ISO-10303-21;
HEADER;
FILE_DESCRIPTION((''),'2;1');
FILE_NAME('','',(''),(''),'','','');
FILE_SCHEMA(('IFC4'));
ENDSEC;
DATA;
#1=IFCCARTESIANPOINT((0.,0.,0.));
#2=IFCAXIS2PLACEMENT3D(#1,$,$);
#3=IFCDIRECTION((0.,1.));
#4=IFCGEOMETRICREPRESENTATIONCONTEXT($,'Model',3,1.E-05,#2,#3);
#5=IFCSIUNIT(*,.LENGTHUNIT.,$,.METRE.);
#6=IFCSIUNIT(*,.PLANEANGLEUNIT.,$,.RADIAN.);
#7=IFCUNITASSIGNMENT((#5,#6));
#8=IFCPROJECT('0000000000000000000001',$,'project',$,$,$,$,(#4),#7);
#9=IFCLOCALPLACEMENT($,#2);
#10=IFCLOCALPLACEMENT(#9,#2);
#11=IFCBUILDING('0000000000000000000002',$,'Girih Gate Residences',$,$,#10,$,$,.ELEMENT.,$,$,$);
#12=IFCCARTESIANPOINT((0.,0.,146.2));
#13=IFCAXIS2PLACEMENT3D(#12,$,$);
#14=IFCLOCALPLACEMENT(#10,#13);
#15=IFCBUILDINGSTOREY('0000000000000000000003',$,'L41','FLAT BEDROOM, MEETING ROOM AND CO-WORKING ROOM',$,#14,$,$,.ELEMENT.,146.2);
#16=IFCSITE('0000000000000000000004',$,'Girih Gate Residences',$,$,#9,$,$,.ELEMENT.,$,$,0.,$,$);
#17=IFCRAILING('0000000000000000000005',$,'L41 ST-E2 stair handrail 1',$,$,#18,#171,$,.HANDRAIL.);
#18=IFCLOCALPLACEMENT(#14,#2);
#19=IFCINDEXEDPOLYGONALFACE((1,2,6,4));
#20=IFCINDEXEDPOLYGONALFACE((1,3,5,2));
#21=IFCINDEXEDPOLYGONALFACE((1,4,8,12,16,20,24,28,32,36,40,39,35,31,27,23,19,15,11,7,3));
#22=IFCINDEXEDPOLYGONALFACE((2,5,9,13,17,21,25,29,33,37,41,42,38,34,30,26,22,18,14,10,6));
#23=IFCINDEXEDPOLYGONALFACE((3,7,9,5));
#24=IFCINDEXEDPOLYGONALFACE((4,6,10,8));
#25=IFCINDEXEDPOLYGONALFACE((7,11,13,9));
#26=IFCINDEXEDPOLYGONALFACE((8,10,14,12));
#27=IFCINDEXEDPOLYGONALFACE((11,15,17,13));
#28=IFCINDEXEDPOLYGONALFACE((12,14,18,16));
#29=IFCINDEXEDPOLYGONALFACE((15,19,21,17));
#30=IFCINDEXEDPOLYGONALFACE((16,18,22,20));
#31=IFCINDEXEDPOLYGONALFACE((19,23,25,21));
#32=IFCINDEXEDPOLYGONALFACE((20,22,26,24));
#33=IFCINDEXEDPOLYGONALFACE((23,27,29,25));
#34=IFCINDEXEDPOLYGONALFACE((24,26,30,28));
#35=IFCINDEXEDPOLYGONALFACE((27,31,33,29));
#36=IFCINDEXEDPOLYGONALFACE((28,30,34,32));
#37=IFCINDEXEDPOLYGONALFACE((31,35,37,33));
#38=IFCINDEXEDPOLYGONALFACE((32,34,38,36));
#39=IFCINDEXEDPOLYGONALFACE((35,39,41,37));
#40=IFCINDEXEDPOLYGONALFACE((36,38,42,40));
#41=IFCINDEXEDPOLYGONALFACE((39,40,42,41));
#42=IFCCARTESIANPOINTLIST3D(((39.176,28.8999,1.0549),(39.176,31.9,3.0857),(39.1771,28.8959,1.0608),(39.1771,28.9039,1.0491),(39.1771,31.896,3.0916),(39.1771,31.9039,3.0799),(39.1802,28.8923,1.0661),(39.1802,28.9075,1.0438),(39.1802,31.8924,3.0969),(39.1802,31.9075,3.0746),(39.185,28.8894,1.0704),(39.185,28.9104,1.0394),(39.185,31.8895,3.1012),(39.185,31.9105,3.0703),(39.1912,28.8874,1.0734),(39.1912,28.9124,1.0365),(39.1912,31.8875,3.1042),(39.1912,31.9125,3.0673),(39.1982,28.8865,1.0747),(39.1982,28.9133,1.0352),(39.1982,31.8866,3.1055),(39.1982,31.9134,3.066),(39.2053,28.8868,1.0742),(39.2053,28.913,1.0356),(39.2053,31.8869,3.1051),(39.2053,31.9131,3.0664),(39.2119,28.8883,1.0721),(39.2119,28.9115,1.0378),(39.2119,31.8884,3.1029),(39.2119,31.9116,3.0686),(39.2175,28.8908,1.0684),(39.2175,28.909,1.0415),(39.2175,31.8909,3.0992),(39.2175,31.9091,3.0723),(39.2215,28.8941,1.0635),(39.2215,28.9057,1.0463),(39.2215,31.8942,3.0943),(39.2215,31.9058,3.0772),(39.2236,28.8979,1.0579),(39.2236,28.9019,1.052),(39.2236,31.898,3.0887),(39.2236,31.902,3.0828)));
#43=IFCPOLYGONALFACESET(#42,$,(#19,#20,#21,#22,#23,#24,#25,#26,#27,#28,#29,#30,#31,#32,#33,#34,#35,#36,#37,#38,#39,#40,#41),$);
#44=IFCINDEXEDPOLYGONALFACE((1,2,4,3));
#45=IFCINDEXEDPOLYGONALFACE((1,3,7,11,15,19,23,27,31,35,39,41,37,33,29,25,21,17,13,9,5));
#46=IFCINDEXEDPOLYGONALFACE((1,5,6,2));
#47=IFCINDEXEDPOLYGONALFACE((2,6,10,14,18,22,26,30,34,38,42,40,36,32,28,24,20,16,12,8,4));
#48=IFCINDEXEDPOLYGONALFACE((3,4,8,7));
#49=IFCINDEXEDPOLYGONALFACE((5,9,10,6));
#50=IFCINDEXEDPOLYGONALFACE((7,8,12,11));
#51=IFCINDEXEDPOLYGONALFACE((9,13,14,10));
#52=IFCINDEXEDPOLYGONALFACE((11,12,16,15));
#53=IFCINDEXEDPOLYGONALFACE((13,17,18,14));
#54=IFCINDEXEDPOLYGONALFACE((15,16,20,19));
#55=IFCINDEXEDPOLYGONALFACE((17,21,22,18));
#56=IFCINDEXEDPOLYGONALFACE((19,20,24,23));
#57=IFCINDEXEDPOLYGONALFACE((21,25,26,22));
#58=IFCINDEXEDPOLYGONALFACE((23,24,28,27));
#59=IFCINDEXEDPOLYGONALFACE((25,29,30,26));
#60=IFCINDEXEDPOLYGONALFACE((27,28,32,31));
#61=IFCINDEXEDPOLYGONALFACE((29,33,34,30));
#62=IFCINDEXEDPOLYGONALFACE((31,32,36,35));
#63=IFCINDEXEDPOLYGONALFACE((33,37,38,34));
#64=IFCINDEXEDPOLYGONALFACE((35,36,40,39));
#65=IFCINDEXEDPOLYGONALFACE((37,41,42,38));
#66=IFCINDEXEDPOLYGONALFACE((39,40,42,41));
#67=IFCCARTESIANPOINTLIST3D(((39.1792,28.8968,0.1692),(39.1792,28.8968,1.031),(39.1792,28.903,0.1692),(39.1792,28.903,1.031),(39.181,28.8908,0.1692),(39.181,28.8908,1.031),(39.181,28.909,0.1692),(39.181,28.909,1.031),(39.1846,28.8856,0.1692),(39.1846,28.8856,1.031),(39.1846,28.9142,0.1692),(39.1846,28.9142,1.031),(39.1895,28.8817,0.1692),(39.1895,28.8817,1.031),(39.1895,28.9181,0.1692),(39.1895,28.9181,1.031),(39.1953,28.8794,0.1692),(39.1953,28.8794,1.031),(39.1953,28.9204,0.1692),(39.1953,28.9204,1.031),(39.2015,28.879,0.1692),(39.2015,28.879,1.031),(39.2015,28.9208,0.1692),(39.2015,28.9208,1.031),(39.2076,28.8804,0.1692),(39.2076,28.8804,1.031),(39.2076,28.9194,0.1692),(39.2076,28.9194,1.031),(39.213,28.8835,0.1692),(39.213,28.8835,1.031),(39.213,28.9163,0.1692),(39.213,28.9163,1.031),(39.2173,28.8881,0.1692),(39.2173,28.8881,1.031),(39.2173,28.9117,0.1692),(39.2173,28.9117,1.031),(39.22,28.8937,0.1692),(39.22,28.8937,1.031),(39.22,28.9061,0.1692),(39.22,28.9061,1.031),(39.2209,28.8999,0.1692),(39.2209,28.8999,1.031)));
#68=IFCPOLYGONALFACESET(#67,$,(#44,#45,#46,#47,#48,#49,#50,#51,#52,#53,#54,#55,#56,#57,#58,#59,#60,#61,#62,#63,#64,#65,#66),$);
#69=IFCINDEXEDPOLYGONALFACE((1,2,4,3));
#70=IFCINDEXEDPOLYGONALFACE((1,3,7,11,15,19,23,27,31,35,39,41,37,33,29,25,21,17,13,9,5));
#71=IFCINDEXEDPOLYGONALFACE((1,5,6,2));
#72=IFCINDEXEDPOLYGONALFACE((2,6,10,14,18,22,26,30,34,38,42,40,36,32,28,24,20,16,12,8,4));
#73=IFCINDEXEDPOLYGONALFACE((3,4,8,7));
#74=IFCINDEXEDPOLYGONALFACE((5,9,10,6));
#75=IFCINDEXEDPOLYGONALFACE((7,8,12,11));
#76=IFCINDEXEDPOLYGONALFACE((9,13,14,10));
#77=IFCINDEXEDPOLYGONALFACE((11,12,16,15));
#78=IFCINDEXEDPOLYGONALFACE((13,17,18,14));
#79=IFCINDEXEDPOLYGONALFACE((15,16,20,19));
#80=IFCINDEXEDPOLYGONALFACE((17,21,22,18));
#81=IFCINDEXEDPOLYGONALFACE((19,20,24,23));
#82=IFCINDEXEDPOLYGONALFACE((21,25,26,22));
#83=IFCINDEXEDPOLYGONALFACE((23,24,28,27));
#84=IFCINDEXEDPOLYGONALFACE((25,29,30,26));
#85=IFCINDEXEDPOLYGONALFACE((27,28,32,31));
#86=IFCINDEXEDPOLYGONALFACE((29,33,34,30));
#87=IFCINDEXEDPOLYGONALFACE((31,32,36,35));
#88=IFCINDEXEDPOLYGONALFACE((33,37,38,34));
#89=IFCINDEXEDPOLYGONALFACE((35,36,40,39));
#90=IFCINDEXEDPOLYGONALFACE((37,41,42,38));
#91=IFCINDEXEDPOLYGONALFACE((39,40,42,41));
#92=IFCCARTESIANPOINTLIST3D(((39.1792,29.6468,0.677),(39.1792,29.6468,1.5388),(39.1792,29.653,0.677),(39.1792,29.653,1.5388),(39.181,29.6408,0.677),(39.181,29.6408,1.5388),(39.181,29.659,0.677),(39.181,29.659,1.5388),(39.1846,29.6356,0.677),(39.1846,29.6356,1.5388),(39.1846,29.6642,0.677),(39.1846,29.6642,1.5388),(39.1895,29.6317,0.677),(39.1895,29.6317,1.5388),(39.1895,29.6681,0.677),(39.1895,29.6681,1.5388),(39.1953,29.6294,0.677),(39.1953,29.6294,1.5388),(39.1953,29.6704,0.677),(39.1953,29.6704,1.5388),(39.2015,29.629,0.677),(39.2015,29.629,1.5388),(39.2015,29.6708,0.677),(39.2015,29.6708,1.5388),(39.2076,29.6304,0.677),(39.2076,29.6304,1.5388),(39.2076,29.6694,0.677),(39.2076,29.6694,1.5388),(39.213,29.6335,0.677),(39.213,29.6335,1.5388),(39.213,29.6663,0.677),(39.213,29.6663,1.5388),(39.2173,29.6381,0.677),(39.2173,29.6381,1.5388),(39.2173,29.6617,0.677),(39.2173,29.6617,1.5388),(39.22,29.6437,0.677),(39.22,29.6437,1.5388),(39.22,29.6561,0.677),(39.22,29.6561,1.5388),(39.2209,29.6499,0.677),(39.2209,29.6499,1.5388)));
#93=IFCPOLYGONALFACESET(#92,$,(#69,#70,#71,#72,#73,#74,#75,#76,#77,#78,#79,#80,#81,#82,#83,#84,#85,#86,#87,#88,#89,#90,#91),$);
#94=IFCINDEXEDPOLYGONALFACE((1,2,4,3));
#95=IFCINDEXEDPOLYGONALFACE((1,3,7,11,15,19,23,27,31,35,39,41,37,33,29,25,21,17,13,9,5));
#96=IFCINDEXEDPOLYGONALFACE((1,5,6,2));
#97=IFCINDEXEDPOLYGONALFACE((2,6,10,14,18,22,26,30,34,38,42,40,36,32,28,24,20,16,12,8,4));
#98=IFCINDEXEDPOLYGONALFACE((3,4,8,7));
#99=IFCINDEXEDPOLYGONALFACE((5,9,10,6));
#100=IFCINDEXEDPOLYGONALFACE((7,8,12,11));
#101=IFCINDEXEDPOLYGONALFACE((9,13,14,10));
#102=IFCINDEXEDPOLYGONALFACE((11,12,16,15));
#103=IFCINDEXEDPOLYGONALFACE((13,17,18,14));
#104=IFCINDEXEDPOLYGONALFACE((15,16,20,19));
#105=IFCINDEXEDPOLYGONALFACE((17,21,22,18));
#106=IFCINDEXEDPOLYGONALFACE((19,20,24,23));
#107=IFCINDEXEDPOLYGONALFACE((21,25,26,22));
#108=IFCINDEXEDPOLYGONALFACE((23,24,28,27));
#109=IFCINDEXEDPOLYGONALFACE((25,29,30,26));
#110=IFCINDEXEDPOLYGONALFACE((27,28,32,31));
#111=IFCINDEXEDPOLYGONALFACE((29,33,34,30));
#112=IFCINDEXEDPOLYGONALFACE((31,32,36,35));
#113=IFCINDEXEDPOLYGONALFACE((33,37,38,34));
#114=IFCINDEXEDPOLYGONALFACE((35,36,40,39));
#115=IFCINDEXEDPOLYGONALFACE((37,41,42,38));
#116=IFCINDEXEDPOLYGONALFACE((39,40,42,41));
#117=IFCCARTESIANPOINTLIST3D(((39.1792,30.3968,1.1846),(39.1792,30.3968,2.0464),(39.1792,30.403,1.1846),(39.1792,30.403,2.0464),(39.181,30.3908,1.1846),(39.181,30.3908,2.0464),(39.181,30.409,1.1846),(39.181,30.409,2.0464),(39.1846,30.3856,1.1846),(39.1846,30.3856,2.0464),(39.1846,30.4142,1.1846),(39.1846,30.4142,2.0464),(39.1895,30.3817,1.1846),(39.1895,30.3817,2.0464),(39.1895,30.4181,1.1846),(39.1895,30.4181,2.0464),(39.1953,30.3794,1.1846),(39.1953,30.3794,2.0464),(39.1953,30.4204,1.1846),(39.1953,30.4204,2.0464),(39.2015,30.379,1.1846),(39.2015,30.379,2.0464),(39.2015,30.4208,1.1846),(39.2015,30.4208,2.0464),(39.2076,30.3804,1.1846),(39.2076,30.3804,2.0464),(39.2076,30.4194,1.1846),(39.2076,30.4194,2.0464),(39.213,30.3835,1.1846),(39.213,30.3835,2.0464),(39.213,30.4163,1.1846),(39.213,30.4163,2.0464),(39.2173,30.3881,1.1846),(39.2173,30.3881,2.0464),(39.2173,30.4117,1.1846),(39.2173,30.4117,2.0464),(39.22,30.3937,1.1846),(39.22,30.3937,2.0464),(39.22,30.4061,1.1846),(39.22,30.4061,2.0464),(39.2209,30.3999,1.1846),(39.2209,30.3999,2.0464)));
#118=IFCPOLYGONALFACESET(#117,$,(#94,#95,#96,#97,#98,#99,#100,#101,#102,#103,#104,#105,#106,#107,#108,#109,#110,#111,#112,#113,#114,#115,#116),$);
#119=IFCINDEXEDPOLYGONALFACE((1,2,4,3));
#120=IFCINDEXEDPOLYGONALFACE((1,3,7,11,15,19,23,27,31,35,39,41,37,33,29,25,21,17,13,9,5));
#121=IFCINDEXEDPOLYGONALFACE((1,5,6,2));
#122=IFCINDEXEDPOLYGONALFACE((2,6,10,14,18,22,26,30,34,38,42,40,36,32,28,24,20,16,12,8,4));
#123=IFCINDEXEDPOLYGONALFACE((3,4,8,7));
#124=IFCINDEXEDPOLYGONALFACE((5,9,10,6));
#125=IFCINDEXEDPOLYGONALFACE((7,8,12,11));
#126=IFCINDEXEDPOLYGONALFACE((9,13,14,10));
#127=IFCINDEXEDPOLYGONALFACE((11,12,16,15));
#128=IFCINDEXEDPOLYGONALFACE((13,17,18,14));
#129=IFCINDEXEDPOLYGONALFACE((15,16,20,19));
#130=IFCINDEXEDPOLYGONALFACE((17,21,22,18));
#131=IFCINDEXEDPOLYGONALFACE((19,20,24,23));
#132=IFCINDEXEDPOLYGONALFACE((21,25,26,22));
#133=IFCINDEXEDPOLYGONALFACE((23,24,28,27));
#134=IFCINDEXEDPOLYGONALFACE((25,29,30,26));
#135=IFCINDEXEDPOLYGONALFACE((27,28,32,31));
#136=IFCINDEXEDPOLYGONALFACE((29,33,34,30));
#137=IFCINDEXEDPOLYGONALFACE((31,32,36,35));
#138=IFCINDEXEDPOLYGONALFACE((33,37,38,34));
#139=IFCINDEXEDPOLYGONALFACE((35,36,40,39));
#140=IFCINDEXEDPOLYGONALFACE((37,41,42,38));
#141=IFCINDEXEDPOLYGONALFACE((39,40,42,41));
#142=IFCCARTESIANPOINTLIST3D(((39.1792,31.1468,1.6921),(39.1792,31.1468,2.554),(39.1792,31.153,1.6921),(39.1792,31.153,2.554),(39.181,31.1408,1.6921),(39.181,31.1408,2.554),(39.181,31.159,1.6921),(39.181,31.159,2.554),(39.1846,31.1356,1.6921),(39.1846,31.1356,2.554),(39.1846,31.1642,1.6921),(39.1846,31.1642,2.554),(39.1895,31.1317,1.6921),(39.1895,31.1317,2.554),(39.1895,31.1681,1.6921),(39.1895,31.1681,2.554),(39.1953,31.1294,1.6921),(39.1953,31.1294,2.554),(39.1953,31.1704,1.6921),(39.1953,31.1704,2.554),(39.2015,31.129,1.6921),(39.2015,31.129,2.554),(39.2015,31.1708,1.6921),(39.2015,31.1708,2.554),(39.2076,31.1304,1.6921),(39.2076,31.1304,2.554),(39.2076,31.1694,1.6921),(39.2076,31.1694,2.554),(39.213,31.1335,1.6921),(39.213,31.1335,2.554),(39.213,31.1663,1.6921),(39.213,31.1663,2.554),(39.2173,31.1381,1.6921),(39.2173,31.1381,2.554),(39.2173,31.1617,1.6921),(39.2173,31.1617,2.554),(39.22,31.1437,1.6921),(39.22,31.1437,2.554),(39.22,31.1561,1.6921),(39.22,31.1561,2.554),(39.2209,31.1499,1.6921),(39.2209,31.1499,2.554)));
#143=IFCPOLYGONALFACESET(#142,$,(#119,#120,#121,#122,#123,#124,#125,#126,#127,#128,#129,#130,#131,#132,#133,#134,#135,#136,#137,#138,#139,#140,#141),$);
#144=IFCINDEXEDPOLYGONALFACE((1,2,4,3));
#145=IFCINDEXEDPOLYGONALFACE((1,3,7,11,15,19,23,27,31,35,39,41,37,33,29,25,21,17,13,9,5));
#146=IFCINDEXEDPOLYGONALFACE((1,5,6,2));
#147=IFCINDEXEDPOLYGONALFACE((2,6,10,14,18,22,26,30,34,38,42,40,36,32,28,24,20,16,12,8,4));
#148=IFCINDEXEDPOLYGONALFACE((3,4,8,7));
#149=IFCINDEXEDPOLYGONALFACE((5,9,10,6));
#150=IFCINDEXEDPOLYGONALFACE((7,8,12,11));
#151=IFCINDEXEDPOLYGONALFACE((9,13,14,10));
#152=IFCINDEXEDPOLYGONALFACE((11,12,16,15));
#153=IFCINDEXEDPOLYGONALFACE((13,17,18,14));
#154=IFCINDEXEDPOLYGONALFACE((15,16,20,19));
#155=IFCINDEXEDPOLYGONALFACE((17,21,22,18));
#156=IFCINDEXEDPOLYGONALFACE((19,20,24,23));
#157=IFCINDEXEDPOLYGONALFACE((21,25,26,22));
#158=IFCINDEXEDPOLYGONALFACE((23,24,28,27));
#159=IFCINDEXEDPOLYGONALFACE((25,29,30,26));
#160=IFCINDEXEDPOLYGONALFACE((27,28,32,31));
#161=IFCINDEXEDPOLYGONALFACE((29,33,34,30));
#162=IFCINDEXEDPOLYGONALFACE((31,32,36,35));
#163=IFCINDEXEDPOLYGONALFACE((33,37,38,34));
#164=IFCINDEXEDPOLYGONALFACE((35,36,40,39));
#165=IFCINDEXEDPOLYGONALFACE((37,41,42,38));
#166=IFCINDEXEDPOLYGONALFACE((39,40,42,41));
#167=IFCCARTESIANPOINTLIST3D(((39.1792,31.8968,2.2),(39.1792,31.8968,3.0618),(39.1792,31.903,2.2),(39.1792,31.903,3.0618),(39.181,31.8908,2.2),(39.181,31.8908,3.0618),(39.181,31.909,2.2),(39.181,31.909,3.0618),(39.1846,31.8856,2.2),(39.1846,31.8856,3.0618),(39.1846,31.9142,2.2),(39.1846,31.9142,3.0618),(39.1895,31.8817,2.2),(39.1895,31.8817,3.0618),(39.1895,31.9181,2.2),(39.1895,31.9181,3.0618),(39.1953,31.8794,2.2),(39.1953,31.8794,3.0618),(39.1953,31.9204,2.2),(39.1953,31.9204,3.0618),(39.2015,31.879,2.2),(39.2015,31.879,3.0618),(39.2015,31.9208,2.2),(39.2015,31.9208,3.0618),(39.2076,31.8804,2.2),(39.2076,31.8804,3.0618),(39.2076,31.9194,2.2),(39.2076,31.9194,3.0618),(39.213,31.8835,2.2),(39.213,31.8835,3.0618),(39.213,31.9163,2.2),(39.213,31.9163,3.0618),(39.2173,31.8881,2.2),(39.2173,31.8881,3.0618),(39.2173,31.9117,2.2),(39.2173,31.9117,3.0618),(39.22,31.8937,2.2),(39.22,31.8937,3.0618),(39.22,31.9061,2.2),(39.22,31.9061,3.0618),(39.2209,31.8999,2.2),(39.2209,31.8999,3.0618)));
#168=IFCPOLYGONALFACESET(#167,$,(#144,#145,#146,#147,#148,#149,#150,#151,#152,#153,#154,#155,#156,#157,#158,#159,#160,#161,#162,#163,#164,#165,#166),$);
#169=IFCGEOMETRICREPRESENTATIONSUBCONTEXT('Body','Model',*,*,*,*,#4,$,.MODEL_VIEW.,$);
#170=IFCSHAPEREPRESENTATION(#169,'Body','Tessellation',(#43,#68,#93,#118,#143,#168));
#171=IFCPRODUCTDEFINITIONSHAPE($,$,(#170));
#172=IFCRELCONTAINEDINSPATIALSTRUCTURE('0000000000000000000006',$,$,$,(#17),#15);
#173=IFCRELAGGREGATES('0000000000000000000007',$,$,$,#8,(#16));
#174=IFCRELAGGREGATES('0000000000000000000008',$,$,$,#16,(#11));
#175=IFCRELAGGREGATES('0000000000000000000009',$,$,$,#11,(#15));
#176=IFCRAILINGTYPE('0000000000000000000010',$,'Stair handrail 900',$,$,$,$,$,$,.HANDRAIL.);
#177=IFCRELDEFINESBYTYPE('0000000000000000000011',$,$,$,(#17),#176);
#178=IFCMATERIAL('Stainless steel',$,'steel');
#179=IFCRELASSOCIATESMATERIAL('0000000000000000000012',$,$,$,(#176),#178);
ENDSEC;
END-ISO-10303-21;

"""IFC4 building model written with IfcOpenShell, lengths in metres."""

from ifc_helpers import new_model, si_unit, direction, frame, origin, origin_2d, place, context, subcontext, project, spatial, circle, extrude, material, type_object, element, save


model = new_model("IFC4")

# Units and contexts
model_context = context("Model", 3, precision=1e-05, world=origin(), true_north=direction((0.0, 1.0)))
body_context = subcontext(model_context, "Body", "Model", "MODEL_VIEW")
ifc_project = project(units=[si_unit("LENGTHUNIT", "METRE"), si_unit("PLANEANGLEUNIT", "RADIAN")], contexts=[model_context])

# Site, building, storey
site_placement = place(None, origin())
site = spatial("IfcSite", under=ifc_project, at=site_placement, Name="Girih Gate Residences", CompositionType="ELEMENT", RefElevation=0.0)
building_placement = place(site_placement, origin())
building = spatial("IfcBuilding", under=site, at=building_placement, Name="Girih Gate Residences", CompositionType="ELEMENT")
storey_placement = place(building_placement, frame((0.0, 0.0, 146.2)))
storey = spatial("IfcBuildingStorey", under=building, at=storey_placement, Name="L41", Description="FLAT BEDROOM, MEETING ROOM AND CO-WORKING ROOM", CompositionType="ELEMENT", Elevation=146.2)

# Railing
ifc_material_1 = material(Name="Stainless steel", Category="steel")
railing_type_1 = type_object("IfcRailingType", Name="Stair handrail 900", PredefinedType="HANDRAIL", material=ifc_material_1)
railing_1_placement = place(storey_placement, frame((39.2, 28.8999, 0.1692)))
element("IfcRailing", 1, at=railing_1_placement, inside=storey, type_object=railing_type_1, Name="L41 ST-E2 stair handrail 1", PredefinedType="HANDRAIL", context=body_context, shape_type="SweptSolid", body=[
    extrude(circle(Radius=0.0239, at=origin_2d()), frame((0.0, 0.0, 0.8857), z_axis=(0.0, 0.82811, 0.560565), x_axis=(-1.0, 0.0, 0.0)), (0.0, 0.0, 1.0), 3.6228),
    extrude(circle(Radius=0.021, at=origin_2d()), origin(), (0.0, 0.0, 1.0), 0.8618),
    extrude(circle(Radius=0.021, at=origin_2d()), frame((0.0, 0.75, 0.5078)), (0.0, 0.0, 1.0), 0.8618),
    extrude(circle(Radius=0.021, at=origin_2d()), frame((0.0, 1.5, 1.0154)), (0.0, 0.0, 1.0), 0.8618),
    extrude(circle(Radius=0.021, at=origin_2d()), frame((0.0, 2.25, 1.5229)), (0.0, 0.0, 1.0), 0.8618),
    extrude(circle(Radius=0.021, at=origin_2d()), frame((0.0, 3.0, 2.0308)), (0.0, 0.0, 1.0), 0.8618),
])

save(model, "model.ifc")
